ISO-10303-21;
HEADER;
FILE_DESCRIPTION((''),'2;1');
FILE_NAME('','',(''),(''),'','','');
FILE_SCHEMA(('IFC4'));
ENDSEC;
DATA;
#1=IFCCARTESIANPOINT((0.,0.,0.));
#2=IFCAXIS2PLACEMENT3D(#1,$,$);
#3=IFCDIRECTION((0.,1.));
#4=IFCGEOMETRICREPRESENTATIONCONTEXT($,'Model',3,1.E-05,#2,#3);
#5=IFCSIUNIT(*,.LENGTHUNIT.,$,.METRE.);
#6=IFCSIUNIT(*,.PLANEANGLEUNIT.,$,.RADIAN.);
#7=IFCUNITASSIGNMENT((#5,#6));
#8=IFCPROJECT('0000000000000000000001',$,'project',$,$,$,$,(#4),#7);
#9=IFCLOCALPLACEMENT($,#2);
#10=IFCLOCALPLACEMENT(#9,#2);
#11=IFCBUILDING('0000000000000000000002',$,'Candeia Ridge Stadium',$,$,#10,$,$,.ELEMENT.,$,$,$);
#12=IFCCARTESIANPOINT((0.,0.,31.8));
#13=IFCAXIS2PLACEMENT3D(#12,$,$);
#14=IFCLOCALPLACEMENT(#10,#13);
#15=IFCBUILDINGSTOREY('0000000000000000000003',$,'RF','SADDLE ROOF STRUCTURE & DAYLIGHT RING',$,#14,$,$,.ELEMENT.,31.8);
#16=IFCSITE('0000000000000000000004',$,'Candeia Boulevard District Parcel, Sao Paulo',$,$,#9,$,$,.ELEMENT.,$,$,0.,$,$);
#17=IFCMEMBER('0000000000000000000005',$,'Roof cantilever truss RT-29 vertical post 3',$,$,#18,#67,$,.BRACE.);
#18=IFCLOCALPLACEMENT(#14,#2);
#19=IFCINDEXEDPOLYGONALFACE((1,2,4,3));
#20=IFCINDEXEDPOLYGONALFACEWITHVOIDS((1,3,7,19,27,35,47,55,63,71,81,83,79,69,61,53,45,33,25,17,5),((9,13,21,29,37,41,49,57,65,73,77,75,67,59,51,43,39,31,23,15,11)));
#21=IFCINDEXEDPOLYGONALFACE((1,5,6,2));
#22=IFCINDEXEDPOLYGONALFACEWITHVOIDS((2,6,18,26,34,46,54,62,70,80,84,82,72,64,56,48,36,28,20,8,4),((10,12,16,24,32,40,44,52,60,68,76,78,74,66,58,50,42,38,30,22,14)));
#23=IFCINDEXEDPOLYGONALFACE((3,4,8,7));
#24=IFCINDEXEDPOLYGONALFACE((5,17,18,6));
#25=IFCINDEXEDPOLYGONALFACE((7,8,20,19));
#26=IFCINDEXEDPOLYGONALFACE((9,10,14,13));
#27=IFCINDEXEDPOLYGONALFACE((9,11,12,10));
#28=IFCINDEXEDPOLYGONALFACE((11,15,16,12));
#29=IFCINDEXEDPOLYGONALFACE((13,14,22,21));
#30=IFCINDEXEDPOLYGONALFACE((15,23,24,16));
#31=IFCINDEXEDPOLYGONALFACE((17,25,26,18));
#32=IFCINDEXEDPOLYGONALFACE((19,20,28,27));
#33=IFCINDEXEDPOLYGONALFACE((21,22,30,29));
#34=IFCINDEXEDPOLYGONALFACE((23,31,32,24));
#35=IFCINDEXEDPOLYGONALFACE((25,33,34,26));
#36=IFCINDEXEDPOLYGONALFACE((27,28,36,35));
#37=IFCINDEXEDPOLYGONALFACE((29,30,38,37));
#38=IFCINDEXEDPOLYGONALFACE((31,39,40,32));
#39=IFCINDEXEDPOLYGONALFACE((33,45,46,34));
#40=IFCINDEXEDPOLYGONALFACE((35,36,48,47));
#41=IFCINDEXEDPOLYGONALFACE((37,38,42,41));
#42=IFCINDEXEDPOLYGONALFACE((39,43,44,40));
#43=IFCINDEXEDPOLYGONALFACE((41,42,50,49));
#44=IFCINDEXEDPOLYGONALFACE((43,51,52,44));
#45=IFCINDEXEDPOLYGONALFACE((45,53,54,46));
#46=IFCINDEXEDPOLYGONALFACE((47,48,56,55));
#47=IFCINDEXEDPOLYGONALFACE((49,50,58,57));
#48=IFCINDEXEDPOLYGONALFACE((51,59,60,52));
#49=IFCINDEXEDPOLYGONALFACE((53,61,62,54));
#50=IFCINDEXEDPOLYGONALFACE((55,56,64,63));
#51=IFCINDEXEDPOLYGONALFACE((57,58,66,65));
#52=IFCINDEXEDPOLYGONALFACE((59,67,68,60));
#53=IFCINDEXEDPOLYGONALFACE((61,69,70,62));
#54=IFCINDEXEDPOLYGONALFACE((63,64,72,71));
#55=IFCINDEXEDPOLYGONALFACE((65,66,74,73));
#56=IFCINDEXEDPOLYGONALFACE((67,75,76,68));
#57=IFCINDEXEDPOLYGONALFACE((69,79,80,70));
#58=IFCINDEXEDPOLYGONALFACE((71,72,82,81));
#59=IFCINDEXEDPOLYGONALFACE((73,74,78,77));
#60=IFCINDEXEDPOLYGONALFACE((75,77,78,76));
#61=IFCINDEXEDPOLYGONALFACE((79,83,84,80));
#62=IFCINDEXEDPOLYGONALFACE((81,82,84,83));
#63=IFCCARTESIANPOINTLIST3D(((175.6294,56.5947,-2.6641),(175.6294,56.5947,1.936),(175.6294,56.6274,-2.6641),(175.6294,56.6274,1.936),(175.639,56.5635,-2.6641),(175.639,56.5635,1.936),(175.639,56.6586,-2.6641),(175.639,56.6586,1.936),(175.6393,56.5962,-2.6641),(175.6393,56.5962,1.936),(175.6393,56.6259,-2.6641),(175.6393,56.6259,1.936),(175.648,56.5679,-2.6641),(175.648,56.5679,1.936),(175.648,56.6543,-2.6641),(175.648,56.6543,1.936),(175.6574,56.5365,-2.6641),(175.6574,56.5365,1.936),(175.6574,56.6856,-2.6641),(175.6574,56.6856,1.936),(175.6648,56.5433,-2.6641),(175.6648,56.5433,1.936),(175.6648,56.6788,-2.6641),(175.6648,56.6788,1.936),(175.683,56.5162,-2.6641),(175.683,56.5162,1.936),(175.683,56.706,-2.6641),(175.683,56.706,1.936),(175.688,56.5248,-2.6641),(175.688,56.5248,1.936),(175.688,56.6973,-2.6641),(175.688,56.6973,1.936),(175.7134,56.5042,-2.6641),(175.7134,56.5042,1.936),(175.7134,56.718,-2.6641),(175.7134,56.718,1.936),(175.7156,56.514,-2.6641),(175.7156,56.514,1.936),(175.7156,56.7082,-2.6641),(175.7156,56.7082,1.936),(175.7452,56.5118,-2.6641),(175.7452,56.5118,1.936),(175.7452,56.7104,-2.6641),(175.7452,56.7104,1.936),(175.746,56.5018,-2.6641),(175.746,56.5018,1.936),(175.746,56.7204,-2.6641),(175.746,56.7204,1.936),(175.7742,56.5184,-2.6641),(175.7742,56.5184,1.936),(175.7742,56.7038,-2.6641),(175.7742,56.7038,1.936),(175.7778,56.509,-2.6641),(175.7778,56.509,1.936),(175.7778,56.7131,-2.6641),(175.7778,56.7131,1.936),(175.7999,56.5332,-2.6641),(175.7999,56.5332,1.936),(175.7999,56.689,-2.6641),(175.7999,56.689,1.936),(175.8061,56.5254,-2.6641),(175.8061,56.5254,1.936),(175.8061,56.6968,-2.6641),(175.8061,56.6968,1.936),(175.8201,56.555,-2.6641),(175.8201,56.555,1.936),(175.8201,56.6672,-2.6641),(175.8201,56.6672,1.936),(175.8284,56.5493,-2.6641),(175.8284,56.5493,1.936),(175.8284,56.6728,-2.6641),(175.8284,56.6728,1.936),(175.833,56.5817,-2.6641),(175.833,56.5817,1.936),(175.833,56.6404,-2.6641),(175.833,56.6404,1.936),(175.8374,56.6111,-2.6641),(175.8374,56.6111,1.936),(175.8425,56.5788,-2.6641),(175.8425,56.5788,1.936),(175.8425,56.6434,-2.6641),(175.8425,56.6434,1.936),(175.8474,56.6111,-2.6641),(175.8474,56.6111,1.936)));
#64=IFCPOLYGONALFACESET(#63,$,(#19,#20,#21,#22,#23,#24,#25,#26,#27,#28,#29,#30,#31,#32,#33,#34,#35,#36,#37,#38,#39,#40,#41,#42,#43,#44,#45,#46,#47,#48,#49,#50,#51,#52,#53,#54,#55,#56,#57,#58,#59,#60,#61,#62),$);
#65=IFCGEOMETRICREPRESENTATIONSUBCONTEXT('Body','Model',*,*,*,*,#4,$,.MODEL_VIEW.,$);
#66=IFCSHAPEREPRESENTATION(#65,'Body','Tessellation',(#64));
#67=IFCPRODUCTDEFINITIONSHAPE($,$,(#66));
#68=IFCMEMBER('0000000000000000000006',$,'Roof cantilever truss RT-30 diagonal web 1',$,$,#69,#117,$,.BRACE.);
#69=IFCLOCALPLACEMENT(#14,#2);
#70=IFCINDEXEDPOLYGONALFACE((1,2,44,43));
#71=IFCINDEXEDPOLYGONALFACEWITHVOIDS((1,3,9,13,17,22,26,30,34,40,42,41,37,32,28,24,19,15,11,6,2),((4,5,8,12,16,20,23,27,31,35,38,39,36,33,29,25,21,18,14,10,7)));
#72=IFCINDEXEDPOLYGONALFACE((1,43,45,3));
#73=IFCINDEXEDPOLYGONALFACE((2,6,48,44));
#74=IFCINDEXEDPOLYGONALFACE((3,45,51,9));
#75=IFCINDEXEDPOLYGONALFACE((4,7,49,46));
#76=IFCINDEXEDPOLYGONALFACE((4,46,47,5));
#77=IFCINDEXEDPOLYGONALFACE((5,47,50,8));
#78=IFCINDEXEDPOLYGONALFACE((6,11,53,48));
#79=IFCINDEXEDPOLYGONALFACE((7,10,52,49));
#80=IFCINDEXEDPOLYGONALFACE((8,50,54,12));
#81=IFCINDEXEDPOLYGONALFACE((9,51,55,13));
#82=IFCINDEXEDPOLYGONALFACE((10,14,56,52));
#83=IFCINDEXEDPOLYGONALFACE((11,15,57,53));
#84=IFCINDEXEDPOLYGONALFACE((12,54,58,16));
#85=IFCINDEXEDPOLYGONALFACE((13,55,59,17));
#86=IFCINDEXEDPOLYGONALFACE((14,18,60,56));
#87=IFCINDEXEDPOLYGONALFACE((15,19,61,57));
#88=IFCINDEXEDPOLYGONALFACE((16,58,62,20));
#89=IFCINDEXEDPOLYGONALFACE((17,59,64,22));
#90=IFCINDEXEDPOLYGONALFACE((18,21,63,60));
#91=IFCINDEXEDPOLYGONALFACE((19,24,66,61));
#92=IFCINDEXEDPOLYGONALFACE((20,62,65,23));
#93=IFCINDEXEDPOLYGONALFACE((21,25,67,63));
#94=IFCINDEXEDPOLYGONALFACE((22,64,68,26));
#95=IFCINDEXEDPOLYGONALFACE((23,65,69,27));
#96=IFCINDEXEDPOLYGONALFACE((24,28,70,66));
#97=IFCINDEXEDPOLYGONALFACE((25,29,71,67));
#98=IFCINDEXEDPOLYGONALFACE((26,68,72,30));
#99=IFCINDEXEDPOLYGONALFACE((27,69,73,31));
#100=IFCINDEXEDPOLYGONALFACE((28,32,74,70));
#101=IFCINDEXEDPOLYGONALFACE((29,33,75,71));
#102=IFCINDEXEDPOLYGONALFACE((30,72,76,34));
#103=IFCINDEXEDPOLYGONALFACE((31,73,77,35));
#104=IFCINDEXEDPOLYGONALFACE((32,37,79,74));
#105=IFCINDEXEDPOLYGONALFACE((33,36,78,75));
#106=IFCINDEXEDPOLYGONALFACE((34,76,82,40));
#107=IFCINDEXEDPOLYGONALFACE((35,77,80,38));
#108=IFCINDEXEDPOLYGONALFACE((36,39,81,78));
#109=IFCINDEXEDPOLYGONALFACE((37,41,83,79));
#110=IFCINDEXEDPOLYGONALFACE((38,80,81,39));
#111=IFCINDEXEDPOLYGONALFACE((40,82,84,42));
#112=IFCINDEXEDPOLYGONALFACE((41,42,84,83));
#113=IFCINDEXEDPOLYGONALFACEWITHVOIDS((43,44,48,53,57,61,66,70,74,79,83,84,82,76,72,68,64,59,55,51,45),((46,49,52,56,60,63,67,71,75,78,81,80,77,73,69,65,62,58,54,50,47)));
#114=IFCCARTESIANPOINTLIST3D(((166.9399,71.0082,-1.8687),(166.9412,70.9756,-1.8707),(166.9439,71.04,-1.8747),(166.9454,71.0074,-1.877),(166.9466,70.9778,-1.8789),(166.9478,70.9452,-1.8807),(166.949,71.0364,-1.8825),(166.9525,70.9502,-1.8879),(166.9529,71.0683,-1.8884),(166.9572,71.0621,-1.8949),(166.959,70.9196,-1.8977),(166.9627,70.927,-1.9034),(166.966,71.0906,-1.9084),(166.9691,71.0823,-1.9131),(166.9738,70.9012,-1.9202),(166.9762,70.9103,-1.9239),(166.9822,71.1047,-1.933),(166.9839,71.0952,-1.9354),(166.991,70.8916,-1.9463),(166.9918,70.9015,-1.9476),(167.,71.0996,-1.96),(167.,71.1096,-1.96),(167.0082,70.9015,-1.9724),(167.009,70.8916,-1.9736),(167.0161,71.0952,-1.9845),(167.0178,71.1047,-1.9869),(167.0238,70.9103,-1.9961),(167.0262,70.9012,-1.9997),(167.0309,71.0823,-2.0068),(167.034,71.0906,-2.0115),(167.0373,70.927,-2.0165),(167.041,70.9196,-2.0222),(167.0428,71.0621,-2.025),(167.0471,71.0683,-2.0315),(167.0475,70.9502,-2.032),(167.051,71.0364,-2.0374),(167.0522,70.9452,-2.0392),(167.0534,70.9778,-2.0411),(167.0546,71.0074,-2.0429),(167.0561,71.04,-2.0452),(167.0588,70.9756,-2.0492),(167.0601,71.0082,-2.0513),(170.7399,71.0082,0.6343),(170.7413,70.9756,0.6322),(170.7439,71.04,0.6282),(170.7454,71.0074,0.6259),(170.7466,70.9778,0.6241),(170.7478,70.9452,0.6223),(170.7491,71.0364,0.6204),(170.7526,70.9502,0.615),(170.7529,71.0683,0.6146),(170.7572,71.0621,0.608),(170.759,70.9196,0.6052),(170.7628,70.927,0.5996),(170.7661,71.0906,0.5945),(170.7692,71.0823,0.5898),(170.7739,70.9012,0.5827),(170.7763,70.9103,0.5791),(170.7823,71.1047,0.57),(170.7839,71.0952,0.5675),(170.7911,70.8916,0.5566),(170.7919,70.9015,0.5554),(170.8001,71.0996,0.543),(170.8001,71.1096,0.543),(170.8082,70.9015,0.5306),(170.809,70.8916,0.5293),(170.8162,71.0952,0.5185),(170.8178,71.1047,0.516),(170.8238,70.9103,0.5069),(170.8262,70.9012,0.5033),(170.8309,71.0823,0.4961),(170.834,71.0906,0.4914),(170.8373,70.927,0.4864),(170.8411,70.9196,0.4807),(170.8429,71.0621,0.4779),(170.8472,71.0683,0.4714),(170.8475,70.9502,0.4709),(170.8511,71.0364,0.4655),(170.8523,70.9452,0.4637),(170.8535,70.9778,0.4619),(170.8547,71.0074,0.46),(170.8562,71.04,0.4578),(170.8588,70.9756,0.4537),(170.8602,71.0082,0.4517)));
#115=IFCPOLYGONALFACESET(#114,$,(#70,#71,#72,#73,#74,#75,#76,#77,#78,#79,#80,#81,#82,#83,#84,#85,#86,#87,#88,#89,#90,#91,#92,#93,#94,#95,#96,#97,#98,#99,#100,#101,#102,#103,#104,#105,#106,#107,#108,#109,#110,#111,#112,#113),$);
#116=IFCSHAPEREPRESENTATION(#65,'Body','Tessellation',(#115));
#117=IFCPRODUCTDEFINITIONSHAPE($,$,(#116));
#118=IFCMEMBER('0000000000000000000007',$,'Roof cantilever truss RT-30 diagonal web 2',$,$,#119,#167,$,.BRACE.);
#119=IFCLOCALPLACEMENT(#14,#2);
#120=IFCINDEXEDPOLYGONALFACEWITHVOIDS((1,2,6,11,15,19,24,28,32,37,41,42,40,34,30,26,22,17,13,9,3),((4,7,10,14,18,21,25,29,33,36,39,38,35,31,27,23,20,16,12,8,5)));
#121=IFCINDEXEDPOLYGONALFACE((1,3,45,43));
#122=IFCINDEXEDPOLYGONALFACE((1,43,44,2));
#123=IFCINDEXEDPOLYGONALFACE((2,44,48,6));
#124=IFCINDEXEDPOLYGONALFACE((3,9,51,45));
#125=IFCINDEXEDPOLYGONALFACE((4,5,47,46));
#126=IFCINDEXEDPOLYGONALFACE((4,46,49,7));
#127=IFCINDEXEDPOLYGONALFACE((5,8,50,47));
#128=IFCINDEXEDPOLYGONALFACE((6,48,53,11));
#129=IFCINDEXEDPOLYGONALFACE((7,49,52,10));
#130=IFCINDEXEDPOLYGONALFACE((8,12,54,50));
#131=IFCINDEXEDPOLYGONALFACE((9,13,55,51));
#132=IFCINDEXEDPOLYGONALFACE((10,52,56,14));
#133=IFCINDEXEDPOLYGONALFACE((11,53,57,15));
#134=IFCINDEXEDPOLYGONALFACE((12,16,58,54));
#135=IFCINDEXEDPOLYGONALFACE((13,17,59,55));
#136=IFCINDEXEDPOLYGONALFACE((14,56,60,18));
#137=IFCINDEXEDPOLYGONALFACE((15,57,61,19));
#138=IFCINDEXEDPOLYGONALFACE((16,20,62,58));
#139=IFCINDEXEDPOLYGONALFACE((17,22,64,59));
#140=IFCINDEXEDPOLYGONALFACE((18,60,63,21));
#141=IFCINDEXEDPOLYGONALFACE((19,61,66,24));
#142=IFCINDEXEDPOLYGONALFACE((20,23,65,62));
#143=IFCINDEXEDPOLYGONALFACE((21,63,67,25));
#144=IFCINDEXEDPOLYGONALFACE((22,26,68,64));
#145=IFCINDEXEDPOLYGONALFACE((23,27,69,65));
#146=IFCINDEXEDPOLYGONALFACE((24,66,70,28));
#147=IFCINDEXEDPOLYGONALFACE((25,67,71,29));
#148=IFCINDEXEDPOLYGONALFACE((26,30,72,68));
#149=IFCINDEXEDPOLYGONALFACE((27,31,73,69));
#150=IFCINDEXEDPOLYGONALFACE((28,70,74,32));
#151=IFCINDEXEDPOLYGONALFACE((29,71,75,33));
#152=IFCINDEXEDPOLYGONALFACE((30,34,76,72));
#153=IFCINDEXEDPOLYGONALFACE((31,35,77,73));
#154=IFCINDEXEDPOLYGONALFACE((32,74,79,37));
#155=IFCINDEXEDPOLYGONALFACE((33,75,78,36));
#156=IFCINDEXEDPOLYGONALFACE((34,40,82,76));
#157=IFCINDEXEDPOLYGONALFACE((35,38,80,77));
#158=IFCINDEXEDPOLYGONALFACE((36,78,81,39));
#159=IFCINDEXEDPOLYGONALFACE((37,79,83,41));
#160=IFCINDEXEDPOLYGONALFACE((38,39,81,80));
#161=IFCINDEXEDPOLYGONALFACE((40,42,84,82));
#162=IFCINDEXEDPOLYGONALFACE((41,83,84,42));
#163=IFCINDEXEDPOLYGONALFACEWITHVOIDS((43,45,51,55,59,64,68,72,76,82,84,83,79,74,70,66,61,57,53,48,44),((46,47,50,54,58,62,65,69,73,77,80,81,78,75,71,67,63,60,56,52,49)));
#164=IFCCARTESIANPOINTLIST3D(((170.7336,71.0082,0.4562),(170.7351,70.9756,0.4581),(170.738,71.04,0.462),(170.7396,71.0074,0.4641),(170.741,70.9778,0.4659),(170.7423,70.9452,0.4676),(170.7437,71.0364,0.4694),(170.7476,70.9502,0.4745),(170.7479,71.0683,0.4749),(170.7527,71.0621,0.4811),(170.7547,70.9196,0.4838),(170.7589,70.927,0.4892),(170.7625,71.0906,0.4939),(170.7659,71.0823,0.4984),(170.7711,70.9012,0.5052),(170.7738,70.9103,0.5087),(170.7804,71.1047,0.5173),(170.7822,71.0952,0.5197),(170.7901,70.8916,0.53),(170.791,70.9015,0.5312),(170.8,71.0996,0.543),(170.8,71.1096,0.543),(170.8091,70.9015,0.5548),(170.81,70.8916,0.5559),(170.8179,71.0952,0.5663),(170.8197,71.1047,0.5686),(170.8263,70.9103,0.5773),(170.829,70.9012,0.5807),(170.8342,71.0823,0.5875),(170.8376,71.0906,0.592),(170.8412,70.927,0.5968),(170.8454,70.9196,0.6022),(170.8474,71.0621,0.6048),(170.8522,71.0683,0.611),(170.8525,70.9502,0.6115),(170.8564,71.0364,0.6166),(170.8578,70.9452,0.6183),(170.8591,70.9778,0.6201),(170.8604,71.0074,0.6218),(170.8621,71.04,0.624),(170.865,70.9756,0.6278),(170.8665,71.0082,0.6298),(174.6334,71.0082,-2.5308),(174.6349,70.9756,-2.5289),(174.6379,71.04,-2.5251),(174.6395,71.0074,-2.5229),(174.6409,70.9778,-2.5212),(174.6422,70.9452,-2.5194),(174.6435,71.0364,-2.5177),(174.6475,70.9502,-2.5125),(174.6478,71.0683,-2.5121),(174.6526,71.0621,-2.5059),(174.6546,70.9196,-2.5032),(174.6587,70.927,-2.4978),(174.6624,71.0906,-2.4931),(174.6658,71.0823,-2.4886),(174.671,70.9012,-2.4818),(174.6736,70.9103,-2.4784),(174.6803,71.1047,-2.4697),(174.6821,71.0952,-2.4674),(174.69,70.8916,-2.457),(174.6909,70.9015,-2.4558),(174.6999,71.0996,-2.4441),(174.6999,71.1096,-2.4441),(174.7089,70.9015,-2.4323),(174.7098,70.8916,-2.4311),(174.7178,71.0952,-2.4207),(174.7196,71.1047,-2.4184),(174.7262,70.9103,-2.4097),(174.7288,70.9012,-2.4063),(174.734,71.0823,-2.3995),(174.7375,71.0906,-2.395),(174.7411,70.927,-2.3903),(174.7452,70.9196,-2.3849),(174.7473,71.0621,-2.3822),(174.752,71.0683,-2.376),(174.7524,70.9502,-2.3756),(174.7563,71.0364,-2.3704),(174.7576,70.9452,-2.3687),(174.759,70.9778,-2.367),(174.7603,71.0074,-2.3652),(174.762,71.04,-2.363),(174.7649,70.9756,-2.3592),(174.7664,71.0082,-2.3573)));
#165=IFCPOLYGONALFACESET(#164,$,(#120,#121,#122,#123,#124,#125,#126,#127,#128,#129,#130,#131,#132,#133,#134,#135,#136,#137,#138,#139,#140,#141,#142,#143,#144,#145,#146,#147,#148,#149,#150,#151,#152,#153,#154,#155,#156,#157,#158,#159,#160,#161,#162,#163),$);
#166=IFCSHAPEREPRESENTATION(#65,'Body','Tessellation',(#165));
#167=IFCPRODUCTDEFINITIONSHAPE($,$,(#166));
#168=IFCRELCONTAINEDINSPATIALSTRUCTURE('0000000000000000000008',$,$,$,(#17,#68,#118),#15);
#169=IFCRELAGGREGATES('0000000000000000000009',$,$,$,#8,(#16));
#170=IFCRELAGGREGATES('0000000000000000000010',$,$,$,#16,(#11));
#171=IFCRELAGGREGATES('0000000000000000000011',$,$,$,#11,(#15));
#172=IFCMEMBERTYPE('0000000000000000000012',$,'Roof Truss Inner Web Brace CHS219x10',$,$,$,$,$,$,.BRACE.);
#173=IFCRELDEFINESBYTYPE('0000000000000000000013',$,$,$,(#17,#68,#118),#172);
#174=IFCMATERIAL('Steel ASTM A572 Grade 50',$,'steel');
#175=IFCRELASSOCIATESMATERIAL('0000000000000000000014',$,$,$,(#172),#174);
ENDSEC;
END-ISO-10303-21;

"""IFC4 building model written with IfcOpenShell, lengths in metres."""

from ifc_helpers import new_model, si_unit, direction, frame, origin, origin_2d, place, context, subcontext, project, spatial, hollow_circle, extrude, material, material_profile, profile_set, type_object, element, save


model = new_model("IFC4")

# Units and contexts
model_context = context("Model", 3, precision=1e-05, world=origin(), true_north=direction((0.0, 1.0)))
body_context = subcontext(model_context, "Body", "Model", "MODEL_VIEW")
ifc_project = project(units=[si_unit("LENGTHUNIT", "METRE"), si_unit("PLANEANGLEUNIT", "RADIAN")], contexts=[model_context])

# Site, building, storey
site_placement = place(None, origin())
site = spatial("IfcSite", under=ifc_project, at=site_placement, Name="Candeia Boulevard District Parcel, Sao Paulo", CompositionType="ELEMENT", RefElevation=0.0)
building_placement = place(site_placement, origin())
building = spatial("IfcBuilding", under=site, at=building_placement, Name="Candeia Ridge Stadium", CompositionType="ELEMENT")
storey_placement = place(building_placement, frame((0.0, 0.0, 31.8)))
storey = spatial("IfcBuildingStorey", under=building, at=storey_placement, Name="RF", Description="SADDLE ROOF STRUCTURE & DAYLIGHT RING", CompositionType="ELEMENT", Elevation=31.8)

# Shared definitions
ifc_material_1 = material(Name="Steel ASTM A572 Grade 50", Category="steel")

# Members
ifc_material_profile_1 = material_profile(ifc_material_1, hollow_circle(Radius=0.1096, WallThickness=0.01, at=origin_2d()), Name="CHS219x10", Category="steel")
ifc_profile_set_1 = profile_set([ifc_material_profile_1], Name="Steel ASTM A572 Grade 50")
member_type_1 = type_object("IfcMemberType", Name="Roof Truss Inner Web Brace CHS219x10", PredefinedType="BRACE", material=ifc_profile_set_1)
member_1_placement = place(storey_placement, frame((175.7378, 56.6111, -2.6641), z_axis=(0.0, 0.0, 1.0), x_axis=(1.0, 0.0, 0.0)))
element("IfcMember", 1, at=member_1_placement, inside=storey, type_object=member_type_1, Name="Roof cantilever truss RT-29 vertical post 3", PredefinedType="BRACE", context=body_context, shape_type="SweptSolid", body=[
    extrude(hollow_circle(Radius=0.1096, WallThickness=0.01, at=origin_2d()), origin(), (0.0, 0.0, 1.0), 4.6001),
])
member_2_placement = place(storey_placement, frame((167.0, 71.0, -1.96), z_axis=(0.835125, 0.0, 0.550061), x_axis=(0.0, 1.0, 0.0)))
element("IfcMember", 2, at=member_2_placement, inside=storey, type_object=member_type_1, Name="Roof cantilever truss RT-30 diagonal web 1", PredefinedType="BRACE", context=body_context, shape_type="SweptSolid", body=[
    extrude(hollow_circle(Radius=0.1096, WallThickness=0.01, at=origin_2d()), origin(), (0.0, 0.0, 1.0), 4.5503),
])
member_3_placement = place(storey_placement, frame((170.8, 71.0, 0.543), z_axis=(0.793888, 0.0, -0.608064), x_axis=(0.0, 1.0, 0.0)))
element("IfcMember", 3, at=member_3_placement, inside=storey, type_object=member_type_1, Name="Roof cantilever truss RT-30 diagonal web 2", PredefinedType="BRACE", context=body_context, shape_type="SweptSolid", body=[
    extrude(hollow_circle(Radius=0.1096, WallThickness=0.01, at=origin_2d()), origin(), (0.0, 0.0, 1.0), 4.9124),
])

save(model, "model.ifc")
